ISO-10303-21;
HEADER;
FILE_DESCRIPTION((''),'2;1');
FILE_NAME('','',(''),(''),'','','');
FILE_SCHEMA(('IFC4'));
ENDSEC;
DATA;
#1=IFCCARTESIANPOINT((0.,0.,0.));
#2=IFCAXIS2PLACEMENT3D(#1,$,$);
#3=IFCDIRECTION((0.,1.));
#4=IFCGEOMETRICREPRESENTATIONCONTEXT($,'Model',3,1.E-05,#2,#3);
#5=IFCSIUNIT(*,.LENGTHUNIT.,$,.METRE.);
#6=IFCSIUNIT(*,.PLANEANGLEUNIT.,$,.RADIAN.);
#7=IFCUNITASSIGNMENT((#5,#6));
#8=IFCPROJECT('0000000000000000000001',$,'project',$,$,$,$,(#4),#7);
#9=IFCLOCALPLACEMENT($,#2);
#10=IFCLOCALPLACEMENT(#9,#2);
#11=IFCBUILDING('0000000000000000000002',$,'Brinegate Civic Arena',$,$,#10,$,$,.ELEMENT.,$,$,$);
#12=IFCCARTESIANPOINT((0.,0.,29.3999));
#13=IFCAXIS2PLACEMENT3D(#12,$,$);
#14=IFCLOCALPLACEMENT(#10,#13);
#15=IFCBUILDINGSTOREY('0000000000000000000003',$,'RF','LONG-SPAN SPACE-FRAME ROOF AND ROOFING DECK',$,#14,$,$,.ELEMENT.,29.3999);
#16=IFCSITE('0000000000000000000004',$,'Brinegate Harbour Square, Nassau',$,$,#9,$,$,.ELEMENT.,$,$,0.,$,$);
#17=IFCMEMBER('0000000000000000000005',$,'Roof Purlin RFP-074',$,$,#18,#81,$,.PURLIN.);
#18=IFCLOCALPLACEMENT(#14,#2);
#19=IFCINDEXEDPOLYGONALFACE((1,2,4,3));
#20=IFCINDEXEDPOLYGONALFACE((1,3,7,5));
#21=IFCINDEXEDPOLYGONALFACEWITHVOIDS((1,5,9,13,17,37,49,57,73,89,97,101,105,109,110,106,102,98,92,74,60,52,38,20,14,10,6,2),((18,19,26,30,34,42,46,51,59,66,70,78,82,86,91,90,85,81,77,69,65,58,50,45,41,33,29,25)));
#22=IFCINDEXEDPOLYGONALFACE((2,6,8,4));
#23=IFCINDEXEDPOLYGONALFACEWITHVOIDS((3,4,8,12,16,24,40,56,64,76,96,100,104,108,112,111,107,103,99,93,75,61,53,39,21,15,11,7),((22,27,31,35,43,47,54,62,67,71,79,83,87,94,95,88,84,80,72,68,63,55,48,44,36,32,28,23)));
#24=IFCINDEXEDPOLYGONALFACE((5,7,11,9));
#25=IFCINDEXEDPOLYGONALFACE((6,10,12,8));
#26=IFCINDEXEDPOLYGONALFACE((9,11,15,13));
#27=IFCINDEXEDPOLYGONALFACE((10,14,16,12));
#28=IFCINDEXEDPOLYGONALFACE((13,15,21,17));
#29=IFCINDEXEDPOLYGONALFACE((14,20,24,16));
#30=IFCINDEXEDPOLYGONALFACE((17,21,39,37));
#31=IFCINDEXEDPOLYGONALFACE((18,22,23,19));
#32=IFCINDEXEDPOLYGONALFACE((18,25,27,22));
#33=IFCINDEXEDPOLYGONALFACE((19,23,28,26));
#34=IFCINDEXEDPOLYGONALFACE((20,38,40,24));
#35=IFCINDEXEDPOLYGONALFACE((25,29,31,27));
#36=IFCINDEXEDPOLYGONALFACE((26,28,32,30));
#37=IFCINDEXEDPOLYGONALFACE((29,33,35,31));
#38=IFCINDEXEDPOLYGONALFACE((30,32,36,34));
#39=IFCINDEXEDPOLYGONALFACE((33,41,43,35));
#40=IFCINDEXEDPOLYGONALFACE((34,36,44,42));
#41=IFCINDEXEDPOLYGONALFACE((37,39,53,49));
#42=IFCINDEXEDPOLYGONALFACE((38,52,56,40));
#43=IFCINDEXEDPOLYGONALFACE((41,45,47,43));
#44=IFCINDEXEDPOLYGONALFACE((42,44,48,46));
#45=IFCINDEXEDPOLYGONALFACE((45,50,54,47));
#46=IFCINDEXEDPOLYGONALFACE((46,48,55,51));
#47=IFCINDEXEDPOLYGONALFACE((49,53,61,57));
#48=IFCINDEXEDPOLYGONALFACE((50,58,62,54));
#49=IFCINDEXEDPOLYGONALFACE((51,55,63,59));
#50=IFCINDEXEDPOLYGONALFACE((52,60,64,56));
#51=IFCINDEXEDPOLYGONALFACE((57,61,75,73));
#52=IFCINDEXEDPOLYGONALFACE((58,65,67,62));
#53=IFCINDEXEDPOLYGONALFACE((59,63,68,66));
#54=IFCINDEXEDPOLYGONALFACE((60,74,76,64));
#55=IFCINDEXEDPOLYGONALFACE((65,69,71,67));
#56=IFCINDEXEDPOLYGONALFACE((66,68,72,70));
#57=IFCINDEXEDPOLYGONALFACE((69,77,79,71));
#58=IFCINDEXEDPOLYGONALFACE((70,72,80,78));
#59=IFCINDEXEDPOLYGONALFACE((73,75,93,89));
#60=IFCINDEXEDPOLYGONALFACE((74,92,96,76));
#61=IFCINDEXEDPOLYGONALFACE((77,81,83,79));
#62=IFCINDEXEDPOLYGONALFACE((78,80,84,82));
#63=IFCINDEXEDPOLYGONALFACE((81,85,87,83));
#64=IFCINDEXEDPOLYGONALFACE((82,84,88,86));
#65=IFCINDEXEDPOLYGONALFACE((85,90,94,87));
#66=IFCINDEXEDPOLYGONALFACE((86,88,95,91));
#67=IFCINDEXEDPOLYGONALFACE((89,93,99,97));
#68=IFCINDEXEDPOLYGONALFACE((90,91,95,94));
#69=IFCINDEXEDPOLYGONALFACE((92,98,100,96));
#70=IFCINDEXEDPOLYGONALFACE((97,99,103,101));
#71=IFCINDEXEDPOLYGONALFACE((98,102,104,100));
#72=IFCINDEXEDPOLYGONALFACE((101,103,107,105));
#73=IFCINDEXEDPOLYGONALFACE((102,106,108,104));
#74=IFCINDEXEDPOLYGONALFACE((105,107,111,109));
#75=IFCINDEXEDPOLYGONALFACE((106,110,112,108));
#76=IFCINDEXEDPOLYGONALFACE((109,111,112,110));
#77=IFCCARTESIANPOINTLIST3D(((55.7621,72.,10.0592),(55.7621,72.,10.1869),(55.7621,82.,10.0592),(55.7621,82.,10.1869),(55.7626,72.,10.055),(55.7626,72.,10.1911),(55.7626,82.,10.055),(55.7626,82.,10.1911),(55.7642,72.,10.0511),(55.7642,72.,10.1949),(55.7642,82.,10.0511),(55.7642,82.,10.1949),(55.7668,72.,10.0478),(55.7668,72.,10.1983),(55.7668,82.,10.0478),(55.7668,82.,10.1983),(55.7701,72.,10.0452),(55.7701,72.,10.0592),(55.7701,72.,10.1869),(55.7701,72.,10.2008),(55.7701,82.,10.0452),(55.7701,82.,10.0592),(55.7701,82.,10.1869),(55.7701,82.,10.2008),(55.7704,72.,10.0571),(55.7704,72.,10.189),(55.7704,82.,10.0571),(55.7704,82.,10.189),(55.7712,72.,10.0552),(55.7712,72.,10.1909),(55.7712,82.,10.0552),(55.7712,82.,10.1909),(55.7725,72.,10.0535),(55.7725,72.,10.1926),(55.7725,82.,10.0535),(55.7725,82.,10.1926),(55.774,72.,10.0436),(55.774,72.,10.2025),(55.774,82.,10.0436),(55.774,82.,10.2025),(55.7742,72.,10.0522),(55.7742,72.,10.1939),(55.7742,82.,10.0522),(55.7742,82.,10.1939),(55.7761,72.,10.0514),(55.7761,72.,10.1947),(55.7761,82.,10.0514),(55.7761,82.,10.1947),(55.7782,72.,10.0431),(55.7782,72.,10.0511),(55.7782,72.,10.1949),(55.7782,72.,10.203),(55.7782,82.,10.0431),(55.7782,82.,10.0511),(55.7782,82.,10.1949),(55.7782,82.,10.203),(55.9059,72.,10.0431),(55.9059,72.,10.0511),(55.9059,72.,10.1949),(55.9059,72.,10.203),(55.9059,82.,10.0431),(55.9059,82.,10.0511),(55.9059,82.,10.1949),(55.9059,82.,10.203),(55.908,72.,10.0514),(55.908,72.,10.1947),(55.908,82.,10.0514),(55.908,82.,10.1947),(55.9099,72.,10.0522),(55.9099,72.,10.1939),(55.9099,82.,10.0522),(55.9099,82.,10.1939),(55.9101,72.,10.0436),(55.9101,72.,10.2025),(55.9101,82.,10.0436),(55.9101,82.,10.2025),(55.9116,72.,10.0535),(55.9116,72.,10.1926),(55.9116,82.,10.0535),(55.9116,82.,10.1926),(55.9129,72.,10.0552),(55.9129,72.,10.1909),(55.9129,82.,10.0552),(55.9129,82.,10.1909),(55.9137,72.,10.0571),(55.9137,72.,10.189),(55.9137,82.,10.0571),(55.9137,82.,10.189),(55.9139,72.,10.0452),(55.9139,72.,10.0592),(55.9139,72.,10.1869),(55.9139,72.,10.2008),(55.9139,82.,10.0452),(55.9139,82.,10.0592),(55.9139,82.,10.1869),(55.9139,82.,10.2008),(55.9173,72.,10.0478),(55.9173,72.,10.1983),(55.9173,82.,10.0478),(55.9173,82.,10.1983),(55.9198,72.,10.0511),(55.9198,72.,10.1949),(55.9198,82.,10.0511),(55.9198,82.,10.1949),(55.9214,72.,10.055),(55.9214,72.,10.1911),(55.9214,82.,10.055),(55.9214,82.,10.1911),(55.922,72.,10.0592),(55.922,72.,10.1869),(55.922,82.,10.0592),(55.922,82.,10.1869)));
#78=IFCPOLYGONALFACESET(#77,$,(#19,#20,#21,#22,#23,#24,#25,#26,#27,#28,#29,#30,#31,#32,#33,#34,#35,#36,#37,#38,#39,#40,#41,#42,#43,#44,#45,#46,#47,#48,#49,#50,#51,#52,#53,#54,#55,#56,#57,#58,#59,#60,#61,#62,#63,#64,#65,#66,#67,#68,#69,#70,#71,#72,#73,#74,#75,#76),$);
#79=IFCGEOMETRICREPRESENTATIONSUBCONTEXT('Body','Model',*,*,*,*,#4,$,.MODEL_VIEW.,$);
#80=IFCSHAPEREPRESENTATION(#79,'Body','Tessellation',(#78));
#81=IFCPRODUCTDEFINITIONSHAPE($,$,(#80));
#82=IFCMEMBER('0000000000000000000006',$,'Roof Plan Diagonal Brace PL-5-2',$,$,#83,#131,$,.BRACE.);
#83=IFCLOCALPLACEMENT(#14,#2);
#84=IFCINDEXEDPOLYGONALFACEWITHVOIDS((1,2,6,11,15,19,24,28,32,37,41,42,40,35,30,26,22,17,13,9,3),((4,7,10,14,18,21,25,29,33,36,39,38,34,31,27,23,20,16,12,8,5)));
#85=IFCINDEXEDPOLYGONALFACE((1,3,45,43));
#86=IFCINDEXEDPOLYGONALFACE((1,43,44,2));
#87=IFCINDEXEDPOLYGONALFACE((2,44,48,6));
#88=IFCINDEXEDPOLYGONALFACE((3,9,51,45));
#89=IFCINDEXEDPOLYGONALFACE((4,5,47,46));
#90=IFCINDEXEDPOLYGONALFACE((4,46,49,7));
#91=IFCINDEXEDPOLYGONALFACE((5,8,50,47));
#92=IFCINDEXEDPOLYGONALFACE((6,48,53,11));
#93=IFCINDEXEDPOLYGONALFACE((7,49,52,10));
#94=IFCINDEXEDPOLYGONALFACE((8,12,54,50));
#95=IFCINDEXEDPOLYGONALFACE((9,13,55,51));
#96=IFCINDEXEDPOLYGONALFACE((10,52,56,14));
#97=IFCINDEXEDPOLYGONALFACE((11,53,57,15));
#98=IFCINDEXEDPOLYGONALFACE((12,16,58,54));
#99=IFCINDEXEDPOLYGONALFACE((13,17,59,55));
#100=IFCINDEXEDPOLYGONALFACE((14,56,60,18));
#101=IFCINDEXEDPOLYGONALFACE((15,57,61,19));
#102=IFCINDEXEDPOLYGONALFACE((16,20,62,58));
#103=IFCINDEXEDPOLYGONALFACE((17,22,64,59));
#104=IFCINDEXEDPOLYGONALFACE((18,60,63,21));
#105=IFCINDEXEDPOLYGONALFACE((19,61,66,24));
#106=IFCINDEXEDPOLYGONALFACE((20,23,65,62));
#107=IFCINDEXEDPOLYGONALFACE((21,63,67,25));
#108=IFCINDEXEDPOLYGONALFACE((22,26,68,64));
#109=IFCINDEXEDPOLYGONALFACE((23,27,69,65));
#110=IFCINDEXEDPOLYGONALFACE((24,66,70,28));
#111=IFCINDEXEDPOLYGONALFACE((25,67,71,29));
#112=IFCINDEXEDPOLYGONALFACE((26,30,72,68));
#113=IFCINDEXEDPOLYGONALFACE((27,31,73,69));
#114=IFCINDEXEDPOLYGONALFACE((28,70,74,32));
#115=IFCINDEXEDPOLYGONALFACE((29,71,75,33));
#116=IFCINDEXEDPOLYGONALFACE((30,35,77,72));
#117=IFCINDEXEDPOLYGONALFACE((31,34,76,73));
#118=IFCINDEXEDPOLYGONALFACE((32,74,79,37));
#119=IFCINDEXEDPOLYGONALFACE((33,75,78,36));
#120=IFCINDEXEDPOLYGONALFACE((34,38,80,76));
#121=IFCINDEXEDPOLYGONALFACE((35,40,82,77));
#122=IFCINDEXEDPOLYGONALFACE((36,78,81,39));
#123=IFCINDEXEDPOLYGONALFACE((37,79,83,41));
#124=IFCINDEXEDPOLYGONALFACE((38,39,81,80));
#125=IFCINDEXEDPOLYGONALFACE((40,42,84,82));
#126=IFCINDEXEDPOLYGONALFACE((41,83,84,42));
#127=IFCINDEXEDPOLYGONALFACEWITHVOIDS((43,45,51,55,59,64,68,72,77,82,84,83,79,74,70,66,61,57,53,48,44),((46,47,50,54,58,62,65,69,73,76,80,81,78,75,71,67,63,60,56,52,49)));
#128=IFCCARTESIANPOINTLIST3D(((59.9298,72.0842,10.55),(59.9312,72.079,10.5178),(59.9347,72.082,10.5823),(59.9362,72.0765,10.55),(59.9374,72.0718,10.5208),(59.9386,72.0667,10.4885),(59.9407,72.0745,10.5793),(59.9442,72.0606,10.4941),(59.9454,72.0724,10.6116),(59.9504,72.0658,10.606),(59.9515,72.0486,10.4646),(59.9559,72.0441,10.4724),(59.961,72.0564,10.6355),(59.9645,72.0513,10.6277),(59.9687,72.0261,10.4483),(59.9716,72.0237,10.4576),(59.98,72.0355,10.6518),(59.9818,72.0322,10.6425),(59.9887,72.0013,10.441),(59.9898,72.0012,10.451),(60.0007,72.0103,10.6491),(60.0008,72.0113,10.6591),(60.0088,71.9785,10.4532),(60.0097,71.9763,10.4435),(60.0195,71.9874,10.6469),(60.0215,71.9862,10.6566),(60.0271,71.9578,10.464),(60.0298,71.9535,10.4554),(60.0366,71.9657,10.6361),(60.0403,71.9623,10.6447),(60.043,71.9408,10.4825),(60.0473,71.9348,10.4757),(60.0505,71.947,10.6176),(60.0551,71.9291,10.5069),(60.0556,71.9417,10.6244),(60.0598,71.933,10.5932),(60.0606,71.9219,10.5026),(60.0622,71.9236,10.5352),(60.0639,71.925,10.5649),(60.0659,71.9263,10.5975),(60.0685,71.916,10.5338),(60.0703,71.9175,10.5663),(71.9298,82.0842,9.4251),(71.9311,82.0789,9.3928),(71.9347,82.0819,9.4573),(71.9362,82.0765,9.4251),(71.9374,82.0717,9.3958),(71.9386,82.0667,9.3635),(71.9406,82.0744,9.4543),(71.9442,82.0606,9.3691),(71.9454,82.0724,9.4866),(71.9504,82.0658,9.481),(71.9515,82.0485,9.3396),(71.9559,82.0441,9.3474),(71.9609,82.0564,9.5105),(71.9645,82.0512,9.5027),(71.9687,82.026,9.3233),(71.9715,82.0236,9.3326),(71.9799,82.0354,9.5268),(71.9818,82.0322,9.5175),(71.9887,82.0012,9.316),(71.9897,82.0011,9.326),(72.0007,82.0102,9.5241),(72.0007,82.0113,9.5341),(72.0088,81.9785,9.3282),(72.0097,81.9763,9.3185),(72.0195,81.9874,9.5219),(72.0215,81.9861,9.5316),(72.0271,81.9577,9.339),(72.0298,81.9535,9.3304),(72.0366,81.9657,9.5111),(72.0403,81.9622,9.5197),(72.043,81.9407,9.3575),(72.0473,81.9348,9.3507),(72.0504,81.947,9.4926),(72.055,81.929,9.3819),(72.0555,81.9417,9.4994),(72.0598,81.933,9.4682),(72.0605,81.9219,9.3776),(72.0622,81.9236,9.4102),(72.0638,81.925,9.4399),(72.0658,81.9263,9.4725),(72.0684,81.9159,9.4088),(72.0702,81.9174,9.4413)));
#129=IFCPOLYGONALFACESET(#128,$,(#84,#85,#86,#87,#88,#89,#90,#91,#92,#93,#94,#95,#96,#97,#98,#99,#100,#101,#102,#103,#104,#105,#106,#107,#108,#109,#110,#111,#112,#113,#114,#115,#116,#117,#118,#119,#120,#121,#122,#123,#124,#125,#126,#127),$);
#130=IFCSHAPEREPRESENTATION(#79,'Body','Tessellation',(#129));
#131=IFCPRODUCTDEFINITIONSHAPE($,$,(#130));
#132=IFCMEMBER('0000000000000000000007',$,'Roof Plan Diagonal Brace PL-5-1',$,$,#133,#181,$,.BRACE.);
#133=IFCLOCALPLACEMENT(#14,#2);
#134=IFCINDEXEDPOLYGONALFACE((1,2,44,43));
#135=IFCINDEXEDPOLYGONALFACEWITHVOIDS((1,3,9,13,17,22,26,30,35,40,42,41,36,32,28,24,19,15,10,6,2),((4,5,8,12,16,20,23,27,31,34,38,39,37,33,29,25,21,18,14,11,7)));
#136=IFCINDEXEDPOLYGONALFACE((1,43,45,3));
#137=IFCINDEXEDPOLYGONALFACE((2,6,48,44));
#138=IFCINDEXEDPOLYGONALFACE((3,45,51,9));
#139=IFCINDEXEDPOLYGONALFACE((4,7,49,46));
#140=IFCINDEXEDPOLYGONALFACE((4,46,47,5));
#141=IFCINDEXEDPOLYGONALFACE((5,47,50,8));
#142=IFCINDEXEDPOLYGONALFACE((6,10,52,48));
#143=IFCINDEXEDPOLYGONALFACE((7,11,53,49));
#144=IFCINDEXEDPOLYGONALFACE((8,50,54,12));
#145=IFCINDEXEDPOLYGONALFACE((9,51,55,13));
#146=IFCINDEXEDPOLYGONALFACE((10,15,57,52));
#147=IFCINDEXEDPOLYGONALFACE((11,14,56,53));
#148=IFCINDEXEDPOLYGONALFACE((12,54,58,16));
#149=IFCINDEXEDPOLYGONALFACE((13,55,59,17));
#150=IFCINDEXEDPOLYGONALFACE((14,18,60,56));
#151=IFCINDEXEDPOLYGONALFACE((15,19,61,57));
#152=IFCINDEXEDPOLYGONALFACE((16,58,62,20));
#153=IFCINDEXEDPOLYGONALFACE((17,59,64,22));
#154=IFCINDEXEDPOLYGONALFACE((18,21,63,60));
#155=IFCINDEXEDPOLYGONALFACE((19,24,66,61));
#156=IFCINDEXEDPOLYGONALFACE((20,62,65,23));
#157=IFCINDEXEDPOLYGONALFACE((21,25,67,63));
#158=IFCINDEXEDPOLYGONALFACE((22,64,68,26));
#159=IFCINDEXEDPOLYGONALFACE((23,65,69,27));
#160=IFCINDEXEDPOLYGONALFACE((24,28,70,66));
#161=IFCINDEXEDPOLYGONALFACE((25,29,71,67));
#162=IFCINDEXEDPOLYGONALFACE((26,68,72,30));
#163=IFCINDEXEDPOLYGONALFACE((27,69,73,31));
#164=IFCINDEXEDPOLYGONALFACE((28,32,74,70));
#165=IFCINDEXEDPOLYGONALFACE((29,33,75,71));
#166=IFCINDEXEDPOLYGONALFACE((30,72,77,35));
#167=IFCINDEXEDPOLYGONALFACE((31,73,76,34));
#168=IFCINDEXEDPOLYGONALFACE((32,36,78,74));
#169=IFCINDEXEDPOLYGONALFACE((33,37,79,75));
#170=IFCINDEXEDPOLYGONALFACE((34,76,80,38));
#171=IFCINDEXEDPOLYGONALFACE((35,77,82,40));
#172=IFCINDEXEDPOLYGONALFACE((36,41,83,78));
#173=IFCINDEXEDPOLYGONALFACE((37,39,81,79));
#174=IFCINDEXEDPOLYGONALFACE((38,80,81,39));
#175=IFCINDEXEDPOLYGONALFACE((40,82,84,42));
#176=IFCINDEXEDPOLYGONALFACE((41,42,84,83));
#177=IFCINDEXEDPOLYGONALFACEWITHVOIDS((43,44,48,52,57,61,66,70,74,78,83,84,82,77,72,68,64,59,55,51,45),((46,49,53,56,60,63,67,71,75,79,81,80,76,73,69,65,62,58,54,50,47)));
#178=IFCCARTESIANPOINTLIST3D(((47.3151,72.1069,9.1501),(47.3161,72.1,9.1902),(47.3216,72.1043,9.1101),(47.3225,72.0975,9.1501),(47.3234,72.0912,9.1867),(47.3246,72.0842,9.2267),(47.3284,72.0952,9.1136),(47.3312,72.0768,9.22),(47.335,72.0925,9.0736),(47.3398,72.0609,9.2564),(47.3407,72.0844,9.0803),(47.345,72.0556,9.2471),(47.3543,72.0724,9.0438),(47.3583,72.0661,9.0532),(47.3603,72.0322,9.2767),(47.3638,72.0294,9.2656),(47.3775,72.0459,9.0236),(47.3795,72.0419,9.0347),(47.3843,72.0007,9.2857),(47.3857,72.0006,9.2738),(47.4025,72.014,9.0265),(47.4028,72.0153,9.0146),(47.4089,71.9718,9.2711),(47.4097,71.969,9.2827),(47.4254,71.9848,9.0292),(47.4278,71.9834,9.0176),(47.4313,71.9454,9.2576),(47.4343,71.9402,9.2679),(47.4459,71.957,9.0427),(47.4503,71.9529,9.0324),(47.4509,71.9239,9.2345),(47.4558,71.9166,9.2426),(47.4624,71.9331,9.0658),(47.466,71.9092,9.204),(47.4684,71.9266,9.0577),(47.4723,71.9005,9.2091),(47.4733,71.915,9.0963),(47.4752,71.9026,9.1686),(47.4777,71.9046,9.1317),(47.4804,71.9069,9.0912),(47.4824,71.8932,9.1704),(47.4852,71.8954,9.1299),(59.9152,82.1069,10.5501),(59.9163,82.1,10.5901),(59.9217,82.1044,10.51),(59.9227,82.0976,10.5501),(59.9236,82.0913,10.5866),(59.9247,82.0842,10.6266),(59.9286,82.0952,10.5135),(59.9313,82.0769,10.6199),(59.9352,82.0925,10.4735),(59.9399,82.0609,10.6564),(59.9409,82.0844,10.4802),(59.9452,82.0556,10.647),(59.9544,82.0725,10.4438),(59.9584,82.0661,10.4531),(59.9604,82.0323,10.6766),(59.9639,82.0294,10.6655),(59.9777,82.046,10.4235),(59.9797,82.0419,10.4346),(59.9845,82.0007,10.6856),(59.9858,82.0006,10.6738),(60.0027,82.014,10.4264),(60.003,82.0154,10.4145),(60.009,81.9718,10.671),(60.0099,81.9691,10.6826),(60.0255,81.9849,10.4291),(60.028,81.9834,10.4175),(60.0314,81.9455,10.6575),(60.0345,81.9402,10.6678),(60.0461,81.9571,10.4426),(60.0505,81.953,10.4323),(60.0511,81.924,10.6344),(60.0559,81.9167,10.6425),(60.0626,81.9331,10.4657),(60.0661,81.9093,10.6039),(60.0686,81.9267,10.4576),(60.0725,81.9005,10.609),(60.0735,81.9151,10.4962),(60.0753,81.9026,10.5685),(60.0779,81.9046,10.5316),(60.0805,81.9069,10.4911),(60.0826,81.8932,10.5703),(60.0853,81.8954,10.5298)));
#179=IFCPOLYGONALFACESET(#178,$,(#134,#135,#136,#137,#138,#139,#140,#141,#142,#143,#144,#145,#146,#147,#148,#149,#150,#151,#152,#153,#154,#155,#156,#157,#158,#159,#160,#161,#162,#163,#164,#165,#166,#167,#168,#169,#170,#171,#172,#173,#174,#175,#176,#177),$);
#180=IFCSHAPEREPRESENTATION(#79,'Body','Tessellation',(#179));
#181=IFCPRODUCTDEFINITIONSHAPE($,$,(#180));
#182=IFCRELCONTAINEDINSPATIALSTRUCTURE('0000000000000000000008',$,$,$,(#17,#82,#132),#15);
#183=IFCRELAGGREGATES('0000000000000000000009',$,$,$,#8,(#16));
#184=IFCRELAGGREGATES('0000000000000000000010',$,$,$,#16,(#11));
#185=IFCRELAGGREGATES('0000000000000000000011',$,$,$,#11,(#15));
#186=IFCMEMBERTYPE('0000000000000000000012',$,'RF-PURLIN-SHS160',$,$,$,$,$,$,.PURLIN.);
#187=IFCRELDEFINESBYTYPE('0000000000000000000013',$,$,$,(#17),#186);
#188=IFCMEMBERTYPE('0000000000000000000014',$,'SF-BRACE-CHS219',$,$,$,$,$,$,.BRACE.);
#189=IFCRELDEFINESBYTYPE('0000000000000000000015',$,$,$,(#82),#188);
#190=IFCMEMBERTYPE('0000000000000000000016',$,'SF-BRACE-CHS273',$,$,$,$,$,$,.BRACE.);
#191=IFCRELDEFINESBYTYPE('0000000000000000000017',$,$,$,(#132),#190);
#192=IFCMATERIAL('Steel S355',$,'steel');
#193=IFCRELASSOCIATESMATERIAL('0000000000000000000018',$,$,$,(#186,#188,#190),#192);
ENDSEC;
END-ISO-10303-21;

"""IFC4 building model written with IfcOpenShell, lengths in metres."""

from ifc_helpers import new_model, si_unit, direction, frame, origin, origin_2d, place, context, subcontext, project, spatial, hollow_rectangle, hollow_circle, extrude, material, material_profile, profile_set, type_object, element, save


model = new_model("IFC4")

# Units and contexts
model_context = context("Model", 3, precision=1e-05, world=origin(), true_north=direction((0.0, 1.0)))
body_context = subcontext(model_context, "Body", "Model", "MODEL_VIEW")
ifc_project = project(units=[si_unit("LENGTHUNIT", "METRE"), si_unit("PLANEANGLEUNIT", "RADIAN")], contexts=[model_context])

# Site, building, storey
site_placement = place(None, origin())
site = spatial("IfcSite", under=ifc_project, at=site_placement, Name="Brinegate Harbour Square, Nassau", CompositionType="ELEMENT", RefElevation=0.0)
building_placement = place(site_placement, origin())
building = spatial("IfcBuilding", under=site, at=building_placement, Name="Brinegate Civic Arena", CompositionType="ELEMENT")
storey_placement = place(building_placement, frame((0.0, 0.0, 29.3999)))
storey = spatial("IfcBuildingStorey", under=building, at=storey_placement, Name="RF", Description="LONG-SPAN SPACE-FRAME ROOF AND ROOFING DECK", CompositionType="ELEMENT", Elevation=29.3999)

# Shared definitions
ifc_material_1 = material(Name="Steel S355", Category="steel")

# Members
ifc_material_profile_1 = material_profile(ifc_material_1, hollow_rectangle(XDim=0.1599, YDim=0.1599, WallThickness=0.0081, InnerFilletRadius=0.0081, OuterFilletRadius=0.0161, at=origin_2d()), Name="SHS160X8")
ifc_profile_set_1 = profile_set([ifc_material_profile_1], Name="Steel S355")
member_type_1 = type_object("IfcMemberType", Name="RF-PURLIN-SHS160", PredefinedType="PURLIN", material=ifc_profile_set_1)
for number, where, z_axis, x_axis, name in (
    (1, (55.842, 72.0, 10.123), (0.0, 1.0, 0.0), (-1.0, 0.0, 0.0), "Roof Purlin RFP-074"),
):
    element("IfcMember", number, at=place(storey_placement, frame(where, z_axis=z_axis, x_axis=x_axis)), inside=storey, type_object=member_type_1, Name=name, PredefinedType="PURLIN", context=body_context, shape_type="SweptSolid", body=[
        extrude(hollow_rectangle(XDim=0.1599, YDim=0.1599, WallThickness=0.0081, InnerFilletRadius=0.0081, OuterFilletRadius=0.0161, at=origin_2d()), origin(), (0.0, 0.0, 1.0), 10.0),
    ])
ifc_material_profile_2 = material_profile(ifc_material_1, hollow_circle(Radius=0.1096, WallThickness=0.01, at=origin_2d()), Name="CHS219X10")
ifc_profile_set_2 = profile_set([ifc_material_profile_2], Name="Steel S355")
member_type_2 = type_object("IfcMemberType", Name="SF-BRACE-CHS219", PredefinedType="BRACE", material=ifc_profile_set_2)
member_1_placement = place(storey_placement, frame((60.0, 72.0, 10.55), z_axis=(0.766237, 0.638531, -0.071835), x_axis=(-0.640184, 0.768221, 0.0)))
element("IfcMember", 2, at=member_1_placement, inside=storey, type_object=member_type_2, Name="Roof Plan Diagonal Brace PL-5-2", PredefinedType="BRACE", context=body_context, shape_type="SweptSolid", body=[
    extrude(hollow_circle(Radius=0.1096, WallThickness=0.01, at=origin_2d()), origin(), (0.0, 0.0, 1.0), 15.6609),
])
ifc_material_profile_3 = material_profile(ifc_material_1, hollow_circle(Radius=0.1365, WallThickness=0.012, at=origin_2d()), Name="CHS273X12")
ifc_profile_set_3 = profile_set([ifc_material_profile_3], Name="Steel S355")
member_type_3 = type_object("IfcMemberType", Name="SF-BRACE-CHS273", PredefinedType="BRACE", material=ifc_profile_set_3)
member_2_placement = place(storey_placement, frame((47.3999, 72.0, 9.1501), z_axis=(0.780342, 0.619314, 0.086698), x_axis=(-0.621655, 0.783291, 0.0)))
element("IfcMember", 3, at=member_2_placement, inside=storey, type_object=member_type_3, Name="Roof Plan Diagonal Brace PL-5-1", PredefinedType="BRACE", context=body_context, shape_type="SweptSolid", body=[
    extrude(hollow_circle(Radius=0.1365, WallThickness=0.012, at=origin_2d()), origin(), (0.0, 0.0, 1.0), 16.147),
])

save(model, "model.ifc")
